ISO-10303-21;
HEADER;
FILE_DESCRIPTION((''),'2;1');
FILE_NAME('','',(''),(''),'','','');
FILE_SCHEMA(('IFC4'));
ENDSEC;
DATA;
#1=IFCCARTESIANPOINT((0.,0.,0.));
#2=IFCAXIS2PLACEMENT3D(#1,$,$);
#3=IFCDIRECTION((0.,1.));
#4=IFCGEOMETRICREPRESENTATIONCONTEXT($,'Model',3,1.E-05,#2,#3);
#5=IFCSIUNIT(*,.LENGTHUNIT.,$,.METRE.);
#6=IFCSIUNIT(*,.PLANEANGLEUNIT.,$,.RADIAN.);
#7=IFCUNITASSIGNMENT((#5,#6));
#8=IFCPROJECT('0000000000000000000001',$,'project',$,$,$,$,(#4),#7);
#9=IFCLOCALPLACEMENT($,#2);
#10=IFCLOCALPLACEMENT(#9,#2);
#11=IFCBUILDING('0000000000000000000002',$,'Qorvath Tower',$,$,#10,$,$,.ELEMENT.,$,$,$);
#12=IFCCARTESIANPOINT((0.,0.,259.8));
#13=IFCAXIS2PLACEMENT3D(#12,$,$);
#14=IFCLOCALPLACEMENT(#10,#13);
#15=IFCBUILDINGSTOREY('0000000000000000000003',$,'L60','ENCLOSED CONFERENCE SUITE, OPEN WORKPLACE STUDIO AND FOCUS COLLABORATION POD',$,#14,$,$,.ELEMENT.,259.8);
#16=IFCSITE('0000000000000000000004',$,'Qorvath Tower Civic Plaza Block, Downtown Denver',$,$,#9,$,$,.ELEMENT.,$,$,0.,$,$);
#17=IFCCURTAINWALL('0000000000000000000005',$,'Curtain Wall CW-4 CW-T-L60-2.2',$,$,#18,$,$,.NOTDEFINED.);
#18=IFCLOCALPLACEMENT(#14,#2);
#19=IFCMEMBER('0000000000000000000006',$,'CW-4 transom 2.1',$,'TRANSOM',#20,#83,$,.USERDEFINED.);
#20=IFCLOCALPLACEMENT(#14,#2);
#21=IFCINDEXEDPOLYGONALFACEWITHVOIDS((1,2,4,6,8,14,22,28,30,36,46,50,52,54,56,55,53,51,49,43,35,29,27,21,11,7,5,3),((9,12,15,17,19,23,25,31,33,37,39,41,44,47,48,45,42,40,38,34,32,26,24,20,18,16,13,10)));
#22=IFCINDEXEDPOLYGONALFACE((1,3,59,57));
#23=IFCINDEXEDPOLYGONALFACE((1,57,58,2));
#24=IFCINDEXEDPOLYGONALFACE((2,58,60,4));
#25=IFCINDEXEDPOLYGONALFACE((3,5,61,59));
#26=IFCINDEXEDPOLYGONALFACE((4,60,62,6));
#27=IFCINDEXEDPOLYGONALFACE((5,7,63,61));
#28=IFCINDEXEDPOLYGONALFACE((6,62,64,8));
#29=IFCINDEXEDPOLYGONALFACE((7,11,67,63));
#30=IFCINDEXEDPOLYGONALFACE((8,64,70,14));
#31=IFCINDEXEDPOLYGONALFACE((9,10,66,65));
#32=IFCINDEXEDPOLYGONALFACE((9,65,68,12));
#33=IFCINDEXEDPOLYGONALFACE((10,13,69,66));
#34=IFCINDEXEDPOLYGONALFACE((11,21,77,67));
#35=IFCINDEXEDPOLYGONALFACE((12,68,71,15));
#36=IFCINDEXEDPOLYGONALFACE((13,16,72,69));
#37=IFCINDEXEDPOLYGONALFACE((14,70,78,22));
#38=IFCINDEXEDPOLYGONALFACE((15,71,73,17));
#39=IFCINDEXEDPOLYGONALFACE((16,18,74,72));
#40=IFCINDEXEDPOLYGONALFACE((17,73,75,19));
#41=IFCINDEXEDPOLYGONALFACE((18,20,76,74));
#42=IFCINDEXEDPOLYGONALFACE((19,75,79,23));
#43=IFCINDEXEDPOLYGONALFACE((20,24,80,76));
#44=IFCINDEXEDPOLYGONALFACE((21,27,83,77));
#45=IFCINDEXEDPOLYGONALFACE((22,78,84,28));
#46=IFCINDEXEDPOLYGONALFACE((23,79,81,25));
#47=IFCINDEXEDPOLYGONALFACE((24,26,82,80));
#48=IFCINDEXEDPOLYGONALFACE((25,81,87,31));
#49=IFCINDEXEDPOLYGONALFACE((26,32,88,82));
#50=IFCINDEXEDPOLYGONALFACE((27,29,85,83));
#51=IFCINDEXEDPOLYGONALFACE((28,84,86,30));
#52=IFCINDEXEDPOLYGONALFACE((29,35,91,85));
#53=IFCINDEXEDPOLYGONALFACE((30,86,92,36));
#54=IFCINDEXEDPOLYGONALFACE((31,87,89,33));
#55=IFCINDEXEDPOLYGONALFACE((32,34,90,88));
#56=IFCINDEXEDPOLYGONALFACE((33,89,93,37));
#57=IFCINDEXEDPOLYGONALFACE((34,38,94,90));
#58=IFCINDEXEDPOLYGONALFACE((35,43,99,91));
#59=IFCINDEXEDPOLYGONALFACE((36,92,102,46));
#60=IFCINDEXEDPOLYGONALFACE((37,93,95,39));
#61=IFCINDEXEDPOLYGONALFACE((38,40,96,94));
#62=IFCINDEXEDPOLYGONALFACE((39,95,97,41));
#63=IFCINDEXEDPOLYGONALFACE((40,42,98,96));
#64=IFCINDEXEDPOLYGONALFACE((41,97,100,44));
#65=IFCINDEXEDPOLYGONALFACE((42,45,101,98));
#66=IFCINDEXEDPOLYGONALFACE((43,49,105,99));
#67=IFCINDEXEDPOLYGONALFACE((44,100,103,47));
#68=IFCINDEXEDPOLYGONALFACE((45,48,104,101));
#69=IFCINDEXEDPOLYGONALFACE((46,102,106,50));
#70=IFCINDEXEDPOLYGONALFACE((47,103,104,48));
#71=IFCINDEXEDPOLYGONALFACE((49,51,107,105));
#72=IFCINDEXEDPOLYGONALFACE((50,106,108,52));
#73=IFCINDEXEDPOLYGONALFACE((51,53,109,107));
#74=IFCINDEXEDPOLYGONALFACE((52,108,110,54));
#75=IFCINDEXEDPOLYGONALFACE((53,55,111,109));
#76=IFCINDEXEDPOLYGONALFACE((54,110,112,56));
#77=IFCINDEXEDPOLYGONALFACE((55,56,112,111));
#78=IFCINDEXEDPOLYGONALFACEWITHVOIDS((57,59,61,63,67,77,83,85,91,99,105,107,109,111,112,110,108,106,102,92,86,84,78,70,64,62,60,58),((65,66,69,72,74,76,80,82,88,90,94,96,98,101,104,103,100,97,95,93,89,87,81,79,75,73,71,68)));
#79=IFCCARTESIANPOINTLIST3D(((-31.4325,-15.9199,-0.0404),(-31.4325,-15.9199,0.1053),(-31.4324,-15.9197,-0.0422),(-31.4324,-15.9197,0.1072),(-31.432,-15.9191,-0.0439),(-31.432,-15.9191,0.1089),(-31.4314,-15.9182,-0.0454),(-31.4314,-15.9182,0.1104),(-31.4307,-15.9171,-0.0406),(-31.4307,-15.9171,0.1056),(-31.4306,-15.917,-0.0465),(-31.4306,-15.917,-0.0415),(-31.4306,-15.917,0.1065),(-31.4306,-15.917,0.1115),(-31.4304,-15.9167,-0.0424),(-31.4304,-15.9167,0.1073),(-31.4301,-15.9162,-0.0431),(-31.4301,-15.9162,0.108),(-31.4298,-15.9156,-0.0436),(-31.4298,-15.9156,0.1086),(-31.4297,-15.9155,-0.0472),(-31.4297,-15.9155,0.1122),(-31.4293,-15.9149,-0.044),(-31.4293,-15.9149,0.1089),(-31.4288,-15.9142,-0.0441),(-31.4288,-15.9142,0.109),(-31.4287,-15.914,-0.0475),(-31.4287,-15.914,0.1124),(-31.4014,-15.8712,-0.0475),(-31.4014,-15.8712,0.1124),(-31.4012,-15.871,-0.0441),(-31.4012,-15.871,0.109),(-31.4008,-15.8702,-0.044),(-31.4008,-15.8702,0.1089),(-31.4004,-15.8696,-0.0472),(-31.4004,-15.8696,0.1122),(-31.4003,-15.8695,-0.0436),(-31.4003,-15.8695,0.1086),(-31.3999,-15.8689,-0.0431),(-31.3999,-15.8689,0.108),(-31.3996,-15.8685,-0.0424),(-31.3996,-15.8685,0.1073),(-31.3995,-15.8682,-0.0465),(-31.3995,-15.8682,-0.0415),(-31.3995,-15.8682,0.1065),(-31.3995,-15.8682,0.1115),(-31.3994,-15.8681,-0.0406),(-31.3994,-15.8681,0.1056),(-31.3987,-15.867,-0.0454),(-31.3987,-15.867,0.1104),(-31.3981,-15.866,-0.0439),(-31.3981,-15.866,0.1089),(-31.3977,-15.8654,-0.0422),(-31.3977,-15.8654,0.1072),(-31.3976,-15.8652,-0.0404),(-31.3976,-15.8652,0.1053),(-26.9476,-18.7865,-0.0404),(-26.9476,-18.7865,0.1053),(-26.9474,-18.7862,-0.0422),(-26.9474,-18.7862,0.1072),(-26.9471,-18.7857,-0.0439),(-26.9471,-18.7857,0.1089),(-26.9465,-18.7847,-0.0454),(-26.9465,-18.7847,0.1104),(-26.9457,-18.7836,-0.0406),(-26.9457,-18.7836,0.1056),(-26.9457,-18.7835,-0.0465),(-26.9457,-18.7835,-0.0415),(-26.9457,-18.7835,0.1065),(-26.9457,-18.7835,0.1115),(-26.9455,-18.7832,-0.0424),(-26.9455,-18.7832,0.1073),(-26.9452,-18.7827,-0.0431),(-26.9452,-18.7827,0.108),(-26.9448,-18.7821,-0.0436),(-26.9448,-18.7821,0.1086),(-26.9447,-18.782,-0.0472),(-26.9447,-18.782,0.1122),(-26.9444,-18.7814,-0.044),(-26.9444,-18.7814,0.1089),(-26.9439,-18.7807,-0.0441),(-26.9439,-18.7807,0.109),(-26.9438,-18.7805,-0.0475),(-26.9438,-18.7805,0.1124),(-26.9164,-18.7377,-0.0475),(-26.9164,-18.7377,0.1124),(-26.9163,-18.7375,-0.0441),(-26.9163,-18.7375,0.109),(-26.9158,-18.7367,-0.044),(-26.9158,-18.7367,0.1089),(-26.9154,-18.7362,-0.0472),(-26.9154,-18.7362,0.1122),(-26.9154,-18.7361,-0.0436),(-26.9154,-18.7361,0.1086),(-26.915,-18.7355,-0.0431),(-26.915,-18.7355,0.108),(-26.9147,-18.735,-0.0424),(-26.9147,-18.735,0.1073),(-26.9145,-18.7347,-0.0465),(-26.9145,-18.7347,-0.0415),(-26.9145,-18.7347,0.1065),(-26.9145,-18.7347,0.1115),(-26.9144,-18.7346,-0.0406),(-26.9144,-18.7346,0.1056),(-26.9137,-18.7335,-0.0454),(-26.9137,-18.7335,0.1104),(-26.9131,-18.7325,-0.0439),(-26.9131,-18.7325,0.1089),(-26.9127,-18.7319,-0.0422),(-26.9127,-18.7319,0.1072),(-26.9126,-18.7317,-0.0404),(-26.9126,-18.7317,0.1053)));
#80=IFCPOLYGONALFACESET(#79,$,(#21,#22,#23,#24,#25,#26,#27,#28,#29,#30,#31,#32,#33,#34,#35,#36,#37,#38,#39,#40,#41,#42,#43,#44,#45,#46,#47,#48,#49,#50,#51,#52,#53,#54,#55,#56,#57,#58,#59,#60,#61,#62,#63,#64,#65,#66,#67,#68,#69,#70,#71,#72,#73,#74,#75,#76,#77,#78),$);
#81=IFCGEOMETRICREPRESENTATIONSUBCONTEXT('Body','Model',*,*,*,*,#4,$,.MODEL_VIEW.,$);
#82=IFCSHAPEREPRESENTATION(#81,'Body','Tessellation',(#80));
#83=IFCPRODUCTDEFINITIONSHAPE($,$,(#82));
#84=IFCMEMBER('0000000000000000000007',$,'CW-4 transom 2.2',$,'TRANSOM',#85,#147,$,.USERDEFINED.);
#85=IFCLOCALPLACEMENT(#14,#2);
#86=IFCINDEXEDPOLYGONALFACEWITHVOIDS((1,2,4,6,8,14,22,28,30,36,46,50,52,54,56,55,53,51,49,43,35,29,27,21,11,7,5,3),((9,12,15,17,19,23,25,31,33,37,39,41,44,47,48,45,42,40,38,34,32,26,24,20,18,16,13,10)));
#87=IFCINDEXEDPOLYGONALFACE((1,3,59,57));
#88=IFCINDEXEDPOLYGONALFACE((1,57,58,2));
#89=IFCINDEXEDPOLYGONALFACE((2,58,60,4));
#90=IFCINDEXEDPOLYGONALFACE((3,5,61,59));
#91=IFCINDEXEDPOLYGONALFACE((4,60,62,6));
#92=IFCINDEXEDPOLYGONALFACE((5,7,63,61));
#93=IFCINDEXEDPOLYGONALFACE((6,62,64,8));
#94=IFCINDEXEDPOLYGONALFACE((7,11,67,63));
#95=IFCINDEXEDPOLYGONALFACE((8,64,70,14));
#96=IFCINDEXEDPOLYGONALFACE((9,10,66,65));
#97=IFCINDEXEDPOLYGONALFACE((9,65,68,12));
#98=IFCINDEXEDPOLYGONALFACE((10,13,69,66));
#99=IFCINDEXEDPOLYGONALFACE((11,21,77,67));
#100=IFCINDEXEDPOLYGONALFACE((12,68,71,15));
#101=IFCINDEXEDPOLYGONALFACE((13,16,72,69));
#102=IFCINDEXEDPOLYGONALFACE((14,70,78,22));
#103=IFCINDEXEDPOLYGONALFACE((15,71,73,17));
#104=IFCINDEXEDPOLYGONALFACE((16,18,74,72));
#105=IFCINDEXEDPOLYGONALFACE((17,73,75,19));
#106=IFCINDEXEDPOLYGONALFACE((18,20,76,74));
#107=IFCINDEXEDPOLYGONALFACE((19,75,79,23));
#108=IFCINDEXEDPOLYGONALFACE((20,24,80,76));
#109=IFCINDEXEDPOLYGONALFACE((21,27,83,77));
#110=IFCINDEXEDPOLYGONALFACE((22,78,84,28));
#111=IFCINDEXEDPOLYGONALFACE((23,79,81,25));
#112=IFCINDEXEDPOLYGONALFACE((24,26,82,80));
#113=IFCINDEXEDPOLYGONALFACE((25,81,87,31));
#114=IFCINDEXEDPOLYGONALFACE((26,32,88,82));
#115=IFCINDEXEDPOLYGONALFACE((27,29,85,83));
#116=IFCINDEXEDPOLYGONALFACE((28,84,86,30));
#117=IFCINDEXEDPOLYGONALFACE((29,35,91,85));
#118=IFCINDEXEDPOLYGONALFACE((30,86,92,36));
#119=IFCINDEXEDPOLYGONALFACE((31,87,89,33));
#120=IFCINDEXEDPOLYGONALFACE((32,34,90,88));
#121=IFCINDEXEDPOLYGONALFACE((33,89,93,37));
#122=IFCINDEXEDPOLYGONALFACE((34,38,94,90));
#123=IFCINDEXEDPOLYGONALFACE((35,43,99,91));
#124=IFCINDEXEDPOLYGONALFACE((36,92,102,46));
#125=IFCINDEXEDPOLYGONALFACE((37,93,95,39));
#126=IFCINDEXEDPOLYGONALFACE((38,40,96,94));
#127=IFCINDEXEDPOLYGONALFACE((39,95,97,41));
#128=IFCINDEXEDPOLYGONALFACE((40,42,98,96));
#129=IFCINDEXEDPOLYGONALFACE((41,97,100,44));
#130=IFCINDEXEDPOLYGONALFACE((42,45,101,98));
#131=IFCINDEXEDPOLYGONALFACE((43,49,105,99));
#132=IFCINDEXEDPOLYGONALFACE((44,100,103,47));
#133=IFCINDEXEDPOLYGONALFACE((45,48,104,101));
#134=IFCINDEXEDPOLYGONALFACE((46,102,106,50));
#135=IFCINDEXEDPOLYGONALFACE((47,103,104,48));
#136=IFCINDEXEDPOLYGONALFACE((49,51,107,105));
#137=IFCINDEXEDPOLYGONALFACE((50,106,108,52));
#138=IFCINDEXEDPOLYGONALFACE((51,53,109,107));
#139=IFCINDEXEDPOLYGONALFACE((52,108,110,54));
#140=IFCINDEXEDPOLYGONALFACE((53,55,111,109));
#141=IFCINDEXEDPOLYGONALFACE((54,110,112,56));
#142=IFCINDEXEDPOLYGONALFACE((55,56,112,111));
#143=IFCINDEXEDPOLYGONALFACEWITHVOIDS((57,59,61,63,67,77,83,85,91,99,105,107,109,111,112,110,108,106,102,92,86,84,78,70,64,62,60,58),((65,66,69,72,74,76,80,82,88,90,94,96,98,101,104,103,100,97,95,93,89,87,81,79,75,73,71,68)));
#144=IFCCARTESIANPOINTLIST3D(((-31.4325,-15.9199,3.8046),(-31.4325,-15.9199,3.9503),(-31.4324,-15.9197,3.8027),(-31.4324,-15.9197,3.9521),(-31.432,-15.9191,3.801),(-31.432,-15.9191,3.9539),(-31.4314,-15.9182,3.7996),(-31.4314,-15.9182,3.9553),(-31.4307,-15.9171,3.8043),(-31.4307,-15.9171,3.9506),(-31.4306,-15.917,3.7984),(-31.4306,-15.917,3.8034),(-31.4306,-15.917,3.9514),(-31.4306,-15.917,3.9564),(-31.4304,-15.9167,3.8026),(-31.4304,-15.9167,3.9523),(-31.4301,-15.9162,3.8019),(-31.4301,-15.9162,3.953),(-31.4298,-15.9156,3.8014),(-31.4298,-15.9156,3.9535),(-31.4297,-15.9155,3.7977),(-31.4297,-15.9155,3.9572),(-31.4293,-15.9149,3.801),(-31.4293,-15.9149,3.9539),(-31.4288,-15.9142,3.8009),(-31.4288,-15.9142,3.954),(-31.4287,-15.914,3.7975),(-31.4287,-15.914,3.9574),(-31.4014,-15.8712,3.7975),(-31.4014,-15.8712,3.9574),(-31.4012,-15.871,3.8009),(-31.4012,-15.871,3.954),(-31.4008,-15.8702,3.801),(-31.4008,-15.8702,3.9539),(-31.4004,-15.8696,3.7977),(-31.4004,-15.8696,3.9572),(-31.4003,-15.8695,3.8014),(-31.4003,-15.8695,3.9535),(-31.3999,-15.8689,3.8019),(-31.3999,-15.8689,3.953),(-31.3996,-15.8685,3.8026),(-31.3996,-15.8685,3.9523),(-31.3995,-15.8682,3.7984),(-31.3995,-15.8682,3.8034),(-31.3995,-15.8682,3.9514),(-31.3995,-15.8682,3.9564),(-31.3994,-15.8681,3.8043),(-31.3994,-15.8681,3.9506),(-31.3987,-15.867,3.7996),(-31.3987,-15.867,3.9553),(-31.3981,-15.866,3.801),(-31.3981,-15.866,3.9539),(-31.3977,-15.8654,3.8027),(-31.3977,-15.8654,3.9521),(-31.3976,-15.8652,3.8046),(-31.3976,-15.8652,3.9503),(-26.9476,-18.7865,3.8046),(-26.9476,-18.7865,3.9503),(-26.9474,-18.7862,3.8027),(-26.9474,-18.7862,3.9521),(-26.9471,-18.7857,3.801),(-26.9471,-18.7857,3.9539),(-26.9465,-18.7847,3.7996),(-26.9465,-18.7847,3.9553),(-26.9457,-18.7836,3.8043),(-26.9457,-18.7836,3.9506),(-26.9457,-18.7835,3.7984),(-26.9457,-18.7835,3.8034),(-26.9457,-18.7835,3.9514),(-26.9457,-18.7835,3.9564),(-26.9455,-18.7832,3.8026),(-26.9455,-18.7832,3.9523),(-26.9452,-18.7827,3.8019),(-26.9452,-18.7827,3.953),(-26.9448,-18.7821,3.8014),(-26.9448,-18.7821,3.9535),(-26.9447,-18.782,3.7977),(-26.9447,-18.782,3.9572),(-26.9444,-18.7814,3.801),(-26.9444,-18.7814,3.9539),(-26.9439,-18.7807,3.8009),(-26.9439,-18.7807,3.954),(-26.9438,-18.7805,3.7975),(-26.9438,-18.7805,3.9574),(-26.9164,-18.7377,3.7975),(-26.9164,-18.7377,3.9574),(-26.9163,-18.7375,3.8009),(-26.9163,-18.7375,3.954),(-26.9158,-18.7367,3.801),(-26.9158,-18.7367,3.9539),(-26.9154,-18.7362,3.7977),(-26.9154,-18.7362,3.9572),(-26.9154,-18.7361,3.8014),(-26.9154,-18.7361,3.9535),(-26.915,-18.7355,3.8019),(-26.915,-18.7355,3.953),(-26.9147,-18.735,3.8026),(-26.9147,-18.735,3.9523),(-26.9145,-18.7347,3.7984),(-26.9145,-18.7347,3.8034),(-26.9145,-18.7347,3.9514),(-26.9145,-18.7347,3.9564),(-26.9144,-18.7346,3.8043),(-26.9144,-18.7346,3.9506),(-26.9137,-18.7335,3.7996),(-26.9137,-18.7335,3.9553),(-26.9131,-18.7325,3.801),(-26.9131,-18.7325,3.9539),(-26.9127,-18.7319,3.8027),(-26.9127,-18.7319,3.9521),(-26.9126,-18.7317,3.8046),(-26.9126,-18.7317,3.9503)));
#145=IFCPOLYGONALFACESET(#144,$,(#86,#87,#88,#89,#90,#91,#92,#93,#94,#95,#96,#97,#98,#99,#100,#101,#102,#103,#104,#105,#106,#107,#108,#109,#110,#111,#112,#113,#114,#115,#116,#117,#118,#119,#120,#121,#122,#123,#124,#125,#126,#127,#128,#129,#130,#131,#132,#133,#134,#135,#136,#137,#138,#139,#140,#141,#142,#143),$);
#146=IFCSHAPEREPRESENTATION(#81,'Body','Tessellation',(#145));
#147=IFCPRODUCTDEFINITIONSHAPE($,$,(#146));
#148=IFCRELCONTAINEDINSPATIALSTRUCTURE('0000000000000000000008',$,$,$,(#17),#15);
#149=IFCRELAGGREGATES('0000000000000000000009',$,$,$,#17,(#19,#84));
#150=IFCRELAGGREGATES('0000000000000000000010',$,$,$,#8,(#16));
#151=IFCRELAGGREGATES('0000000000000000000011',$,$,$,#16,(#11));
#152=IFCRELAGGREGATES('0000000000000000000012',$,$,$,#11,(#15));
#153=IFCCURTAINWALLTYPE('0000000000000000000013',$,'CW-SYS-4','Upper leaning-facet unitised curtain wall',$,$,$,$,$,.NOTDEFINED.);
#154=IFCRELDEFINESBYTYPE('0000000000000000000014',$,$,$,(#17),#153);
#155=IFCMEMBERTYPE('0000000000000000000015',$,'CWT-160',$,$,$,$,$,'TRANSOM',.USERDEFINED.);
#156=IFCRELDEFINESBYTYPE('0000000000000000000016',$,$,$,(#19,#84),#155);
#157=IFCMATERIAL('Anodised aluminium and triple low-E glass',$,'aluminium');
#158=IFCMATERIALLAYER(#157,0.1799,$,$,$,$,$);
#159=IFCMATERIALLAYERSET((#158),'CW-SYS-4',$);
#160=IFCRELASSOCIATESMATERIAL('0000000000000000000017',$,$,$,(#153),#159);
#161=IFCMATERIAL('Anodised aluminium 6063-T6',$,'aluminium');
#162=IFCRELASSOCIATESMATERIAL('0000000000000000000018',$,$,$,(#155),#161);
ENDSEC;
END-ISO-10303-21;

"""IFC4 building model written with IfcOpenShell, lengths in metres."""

from ifc_helpers import new_model, si_unit, direction, frame, origin, origin_2d, place, context, subcontext, project, spatial, hollow_rectangle, extrude, material, layer, layer_set, material_profile, profile_set, type_object, element, aggregate, save


model = new_model("IFC4")

# Units and contexts
model_context = context("Model", 3, precision=1e-05, world=origin(), true_north=direction((0.0, 1.0)))
body_context = subcontext(model_context, "Body", "Model", "MODEL_VIEW")
ifc_project = project(units=[si_unit("LENGTHUNIT", "METRE"), si_unit("PLANEANGLEUNIT", "RADIAN")], contexts=[model_context])

# Site, building, storey
site_placement = place(None, origin())
site = spatial("IfcSite", under=ifc_project, at=site_placement, Name="Qorvath Tower Civic Plaza Block, Downtown Denver", CompositionType="ELEMENT", RefElevation=0.0)
building_placement = place(site_placement, origin())
building = spatial("IfcBuilding", under=site, at=building_placement, Name="Qorvath Tower", CompositionType="ELEMENT")
storey_placement = place(building_placement, frame((0.0, 0.0, 259.8)))
storey = spatial("IfcBuildingStorey", under=building, at=storey_placement, Name="L60", Description="ENCLOSED CONFERENCE SUITE, OPEN WORKPLACE STUDIO AND FOCUS COLLABORATION POD", CompositionType="ELEMENT", Elevation=259.8)

# Curtain wall, members
ifc_material_1 = material(Name="Anodised aluminium and triple low-E glass", Category="aluminium")
ifc_layer_1 = layer(ifc_material_1, 0.1799)
ifc_layer_set_1 = layer_set([ifc_layer_1], Name="CW-SYS-4")
curtain_wall_type = type_object("IfcCurtainWallType", Name="CW-SYS-4", Description="Upper leaning-facet unitised curtain wall", PredefinedType="NOTDEFINED", material=ifc_layer_set_1)
curtain_wall_placement = place(storey_placement, origin())
curtain_wall = element("IfcCurtainWall", 1, at=curtain_wall_placement, inside=storey, type_object=curtain_wall_type, Name="Curtain Wall CW-4 CW-T-L60-2.2", PredefinedType="NOTDEFINED")
ifc_material_2 = material(Name="Anodised aluminium 6063-T6", Category="aluminium")
ifc_material_profile_1 = material_profile(ifc_material_2, hollow_rectangle(XDim=0.0649, YDim=0.1599, WallThickness=0.0034, InnerFilletRadius=0.0034, OuterFilletRadius=0.0071, at=origin_2d()), Name="CWT 160x65")
ifc_profile_set_1 = profile_set([ifc_material_profile_1], Name="Anodised aluminium 6063-T6")
member_type_1 = type_object("IfcMemberType", Name="CWT-160", ElementType="TRANSOM", PredefinedType="USERDEFINED", material=ifc_profile_set_1)
member_1_placement = place(storey_placement, frame((-31.415, -15.8926, 0.0325), z_axis=(0.8426, -0.538539, 0.0), x_axis=(0.538539, 0.8426, 0.0)))
member_1 = element("IfcMember", 2, at=member_1_placement, type_object=member_type_1, Name="CW-4 transom 2.1", ObjectType="TRANSOM", PredefinedType="USERDEFINED", context=body_context, shape_type="SweptSolid", body=[
    extrude(hollow_rectangle(XDim=0.0649, YDim=0.1599, WallThickness=0.0034, InnerFilletRadius=0.0034, OuterFilletRadius=0.0071, at=origin_2d()), origin(), (0.0, 0.0, 1.0), 5.3228),
])
member_2_placement = place(storey_placement, frame((-31.415, -15.8926, 3.8774), z_axis=(0.8426, -0.538539, 0.0), x_axis=(0.538539, 0.8426, 0.0)))
member_2 = element("IfcMember", 3, at=member_2_placement, type_object=member_type_1, Name="CW-4 transom 2.2", ObjectType="TRANSOM", PredefinedType="USERDEFINED", context=body_context, shape_type="SweptSolid", body=[
    extrude(hollow_rectangle(XDim=0.0649, YDim=0.1599, WallThickness=0.0034, InnerFilletRadius=0.0034, OuterFilletRadius=0.0071, at=origin_2d()), origin(), (0.0, 0.0, 1.0), 5.3228),
])
aggregate(curtain_wall, [member_1, member_2])

save(model, "model.ifc")
